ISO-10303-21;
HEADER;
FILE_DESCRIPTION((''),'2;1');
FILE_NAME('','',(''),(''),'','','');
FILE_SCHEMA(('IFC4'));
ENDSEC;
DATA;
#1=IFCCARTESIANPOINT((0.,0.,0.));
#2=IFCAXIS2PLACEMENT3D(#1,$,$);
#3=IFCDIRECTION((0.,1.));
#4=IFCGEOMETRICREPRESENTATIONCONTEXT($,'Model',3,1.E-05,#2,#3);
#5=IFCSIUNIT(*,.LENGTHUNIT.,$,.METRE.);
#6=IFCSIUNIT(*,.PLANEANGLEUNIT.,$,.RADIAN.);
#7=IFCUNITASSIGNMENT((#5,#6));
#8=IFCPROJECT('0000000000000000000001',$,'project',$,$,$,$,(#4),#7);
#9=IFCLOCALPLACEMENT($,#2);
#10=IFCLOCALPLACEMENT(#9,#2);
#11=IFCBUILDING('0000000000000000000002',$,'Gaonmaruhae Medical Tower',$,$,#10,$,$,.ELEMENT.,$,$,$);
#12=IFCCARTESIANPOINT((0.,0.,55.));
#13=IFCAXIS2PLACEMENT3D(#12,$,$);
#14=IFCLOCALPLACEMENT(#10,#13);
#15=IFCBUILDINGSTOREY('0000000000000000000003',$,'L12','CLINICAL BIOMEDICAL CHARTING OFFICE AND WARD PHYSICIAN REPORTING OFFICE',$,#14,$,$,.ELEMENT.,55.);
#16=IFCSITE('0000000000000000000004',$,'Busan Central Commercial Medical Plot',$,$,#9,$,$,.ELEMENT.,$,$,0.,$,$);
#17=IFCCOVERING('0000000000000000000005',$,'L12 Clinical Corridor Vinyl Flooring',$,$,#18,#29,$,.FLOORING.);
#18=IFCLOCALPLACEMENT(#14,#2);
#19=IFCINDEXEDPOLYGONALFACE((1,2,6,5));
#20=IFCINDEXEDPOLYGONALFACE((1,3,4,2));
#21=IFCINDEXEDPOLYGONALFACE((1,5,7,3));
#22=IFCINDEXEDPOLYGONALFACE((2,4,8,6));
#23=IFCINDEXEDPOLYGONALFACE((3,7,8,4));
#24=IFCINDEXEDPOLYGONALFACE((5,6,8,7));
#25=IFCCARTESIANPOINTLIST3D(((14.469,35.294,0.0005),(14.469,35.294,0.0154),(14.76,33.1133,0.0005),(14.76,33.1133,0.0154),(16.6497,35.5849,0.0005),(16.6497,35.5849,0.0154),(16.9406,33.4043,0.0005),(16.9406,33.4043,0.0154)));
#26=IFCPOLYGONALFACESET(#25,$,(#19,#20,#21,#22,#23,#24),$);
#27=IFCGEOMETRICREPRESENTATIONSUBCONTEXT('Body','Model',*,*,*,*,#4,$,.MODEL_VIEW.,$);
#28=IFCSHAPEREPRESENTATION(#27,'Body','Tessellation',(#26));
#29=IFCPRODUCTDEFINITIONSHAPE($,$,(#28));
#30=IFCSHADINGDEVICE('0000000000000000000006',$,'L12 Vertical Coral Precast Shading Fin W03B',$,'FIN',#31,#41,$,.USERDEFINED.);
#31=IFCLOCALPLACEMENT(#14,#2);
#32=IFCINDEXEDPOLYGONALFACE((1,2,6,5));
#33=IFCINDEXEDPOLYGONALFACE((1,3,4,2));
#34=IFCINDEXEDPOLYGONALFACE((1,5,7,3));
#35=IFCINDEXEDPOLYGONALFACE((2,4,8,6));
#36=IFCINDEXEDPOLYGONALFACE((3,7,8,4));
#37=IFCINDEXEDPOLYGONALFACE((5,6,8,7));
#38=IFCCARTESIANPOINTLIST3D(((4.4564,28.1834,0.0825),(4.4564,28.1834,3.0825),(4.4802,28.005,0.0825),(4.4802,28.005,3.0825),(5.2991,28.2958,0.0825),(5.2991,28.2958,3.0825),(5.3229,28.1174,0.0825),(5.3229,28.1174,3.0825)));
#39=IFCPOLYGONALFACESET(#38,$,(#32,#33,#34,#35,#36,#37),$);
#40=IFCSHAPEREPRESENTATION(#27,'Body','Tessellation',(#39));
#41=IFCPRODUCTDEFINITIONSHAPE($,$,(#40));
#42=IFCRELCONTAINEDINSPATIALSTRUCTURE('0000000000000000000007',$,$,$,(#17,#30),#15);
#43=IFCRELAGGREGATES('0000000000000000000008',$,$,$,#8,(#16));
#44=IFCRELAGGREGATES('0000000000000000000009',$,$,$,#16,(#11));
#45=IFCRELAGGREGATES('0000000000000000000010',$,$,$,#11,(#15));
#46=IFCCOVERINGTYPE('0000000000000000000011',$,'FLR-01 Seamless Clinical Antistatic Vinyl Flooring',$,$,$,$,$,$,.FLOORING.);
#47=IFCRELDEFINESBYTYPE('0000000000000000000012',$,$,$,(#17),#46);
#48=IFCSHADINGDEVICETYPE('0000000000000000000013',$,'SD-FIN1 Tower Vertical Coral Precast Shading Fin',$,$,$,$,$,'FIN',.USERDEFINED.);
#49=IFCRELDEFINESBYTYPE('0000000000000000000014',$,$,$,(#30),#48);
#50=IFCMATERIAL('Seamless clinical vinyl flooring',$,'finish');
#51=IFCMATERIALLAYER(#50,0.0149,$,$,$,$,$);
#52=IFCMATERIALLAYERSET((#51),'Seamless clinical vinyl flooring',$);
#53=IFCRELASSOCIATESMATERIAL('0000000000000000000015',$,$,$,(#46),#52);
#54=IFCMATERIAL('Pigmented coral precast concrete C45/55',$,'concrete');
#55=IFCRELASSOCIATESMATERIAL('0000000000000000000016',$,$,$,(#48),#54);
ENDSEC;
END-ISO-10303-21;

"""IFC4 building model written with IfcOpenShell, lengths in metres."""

from ifc_helpers import new_model, si_unit, direction, frame, origin, origin_2d, place, context, subcontext, project, spatial, rectangle, extrude, material, layer, layer_set, type_object, element, save


model = new_model("IFC4")

# Units and contexts
model_context = context("Model", 3, precision=1e-05, world=origin(), true_north=direction((0.0, 1.0)))
body_context = subcontext(model_context, "Body", "Model", "MODEL_VIEW")
ifc_project = project(units=[si_unit("LENGTHUNIT", "METRE"), si_unit("PLANEANGLEUNIT", "RADIAN")], contexts=[model_context])

# Site, building, storey
site_placement = place(None, origin())
site = spatial("IfcSite", under=ifc_project, at=site_placement, Name="Busan Central Commercial Medical Plot", CompositionType="ELEMENT", RefElevation=0.0)
building_placement = place(site_placement, origin())
building = spatial("IfcBuilding", under=site, at=building_placement, Name="Gaonmaruhae Medical Tower", CompositionType="ELEMENT")
storey_placement = place(building_placement, frame((0.0, 0.0, 55.0)))
storey = spatial("IfcBuildingStorey", under=building, at=storey_placement, Name="L12", Description="CLINICAL BIOMEDICAL CHARTING OFFICE AND WARD PHYSICIAN REPORTING OFFICE", CompositionType="ELEMENT", Elevation=55.0)

# Covering
ifc_material_1 = material(Name="Seamless clinical vinyl flooring", Category="finish")
ifc_layer_1 = layer(ifc_material_1, 0.0149)
ifc_layer_set_1 = layer_set([ifc_layer_1], Name="Seamless clinical vinyl flooring")
covering_type_1 = type_object("IfcCoveringType", Name="FLR-01 Seamless Clinical Antistatic Vinyl Flooring", PredefinedType="FLOORING", material=ifc_layer_set_1)
covering_1_placement = place(storey_placement, frame((15.7048, 34.3491, 0.0005), z_axis=(0.0, 0.0, 1.0), x_axis=(0.991216, 0.132256, 0.0)))
element("IfcCovering", 1, at=covering_1_placement, inside=storey, type_object=covering_type_1, Name="L12 Clinical Corridor Vinyl Flooring", PredefinedType="FLOORING", context=body_context, shape_type="SweptSolid", body=[
    extrude(rectangle(XDim=2.2, YDim=2.2, at=origin_2d()), origin(), (0.0, 0.0, 1.0), 0.0149),
])

# Shading device
ifc_material_2 = material(Name="Pigmented coral precast concrete C45/55", Category="concrete")
shading_device_type = type_object("IfcShadingDeviceType", Name="SD-FIN1 Tower Vertical Coral Precast Shading Fin", ElementType="FIN", PredefinedType="USERDEFINED", material=ifc_material_2)
shading_device_placement = place(storey_placement, frame((4.8896, 28.1504, 0.0825), z_axis=(0.0, 0.0, 1.0), x_axis=(-0.132256, 0.991216, 0.0)))
element("IfcShadingDevice", 2, at=shading_device_placement, inside=storey, type_object=shading_device_type, Name="L12 Vertical Coral Precast Shading Fin W03B", ObjectType="FIN", PredefinedType="USERDEFINED", context=body_context, shape_type="SweptSolid", body=[
    extrude(rectangle(XDim=0.1799, YDim=0.8501, at=origin_2d()), origin(), (0.0, 0.0, 1.0), 3.0),
])

save(model, "model.ifc")
